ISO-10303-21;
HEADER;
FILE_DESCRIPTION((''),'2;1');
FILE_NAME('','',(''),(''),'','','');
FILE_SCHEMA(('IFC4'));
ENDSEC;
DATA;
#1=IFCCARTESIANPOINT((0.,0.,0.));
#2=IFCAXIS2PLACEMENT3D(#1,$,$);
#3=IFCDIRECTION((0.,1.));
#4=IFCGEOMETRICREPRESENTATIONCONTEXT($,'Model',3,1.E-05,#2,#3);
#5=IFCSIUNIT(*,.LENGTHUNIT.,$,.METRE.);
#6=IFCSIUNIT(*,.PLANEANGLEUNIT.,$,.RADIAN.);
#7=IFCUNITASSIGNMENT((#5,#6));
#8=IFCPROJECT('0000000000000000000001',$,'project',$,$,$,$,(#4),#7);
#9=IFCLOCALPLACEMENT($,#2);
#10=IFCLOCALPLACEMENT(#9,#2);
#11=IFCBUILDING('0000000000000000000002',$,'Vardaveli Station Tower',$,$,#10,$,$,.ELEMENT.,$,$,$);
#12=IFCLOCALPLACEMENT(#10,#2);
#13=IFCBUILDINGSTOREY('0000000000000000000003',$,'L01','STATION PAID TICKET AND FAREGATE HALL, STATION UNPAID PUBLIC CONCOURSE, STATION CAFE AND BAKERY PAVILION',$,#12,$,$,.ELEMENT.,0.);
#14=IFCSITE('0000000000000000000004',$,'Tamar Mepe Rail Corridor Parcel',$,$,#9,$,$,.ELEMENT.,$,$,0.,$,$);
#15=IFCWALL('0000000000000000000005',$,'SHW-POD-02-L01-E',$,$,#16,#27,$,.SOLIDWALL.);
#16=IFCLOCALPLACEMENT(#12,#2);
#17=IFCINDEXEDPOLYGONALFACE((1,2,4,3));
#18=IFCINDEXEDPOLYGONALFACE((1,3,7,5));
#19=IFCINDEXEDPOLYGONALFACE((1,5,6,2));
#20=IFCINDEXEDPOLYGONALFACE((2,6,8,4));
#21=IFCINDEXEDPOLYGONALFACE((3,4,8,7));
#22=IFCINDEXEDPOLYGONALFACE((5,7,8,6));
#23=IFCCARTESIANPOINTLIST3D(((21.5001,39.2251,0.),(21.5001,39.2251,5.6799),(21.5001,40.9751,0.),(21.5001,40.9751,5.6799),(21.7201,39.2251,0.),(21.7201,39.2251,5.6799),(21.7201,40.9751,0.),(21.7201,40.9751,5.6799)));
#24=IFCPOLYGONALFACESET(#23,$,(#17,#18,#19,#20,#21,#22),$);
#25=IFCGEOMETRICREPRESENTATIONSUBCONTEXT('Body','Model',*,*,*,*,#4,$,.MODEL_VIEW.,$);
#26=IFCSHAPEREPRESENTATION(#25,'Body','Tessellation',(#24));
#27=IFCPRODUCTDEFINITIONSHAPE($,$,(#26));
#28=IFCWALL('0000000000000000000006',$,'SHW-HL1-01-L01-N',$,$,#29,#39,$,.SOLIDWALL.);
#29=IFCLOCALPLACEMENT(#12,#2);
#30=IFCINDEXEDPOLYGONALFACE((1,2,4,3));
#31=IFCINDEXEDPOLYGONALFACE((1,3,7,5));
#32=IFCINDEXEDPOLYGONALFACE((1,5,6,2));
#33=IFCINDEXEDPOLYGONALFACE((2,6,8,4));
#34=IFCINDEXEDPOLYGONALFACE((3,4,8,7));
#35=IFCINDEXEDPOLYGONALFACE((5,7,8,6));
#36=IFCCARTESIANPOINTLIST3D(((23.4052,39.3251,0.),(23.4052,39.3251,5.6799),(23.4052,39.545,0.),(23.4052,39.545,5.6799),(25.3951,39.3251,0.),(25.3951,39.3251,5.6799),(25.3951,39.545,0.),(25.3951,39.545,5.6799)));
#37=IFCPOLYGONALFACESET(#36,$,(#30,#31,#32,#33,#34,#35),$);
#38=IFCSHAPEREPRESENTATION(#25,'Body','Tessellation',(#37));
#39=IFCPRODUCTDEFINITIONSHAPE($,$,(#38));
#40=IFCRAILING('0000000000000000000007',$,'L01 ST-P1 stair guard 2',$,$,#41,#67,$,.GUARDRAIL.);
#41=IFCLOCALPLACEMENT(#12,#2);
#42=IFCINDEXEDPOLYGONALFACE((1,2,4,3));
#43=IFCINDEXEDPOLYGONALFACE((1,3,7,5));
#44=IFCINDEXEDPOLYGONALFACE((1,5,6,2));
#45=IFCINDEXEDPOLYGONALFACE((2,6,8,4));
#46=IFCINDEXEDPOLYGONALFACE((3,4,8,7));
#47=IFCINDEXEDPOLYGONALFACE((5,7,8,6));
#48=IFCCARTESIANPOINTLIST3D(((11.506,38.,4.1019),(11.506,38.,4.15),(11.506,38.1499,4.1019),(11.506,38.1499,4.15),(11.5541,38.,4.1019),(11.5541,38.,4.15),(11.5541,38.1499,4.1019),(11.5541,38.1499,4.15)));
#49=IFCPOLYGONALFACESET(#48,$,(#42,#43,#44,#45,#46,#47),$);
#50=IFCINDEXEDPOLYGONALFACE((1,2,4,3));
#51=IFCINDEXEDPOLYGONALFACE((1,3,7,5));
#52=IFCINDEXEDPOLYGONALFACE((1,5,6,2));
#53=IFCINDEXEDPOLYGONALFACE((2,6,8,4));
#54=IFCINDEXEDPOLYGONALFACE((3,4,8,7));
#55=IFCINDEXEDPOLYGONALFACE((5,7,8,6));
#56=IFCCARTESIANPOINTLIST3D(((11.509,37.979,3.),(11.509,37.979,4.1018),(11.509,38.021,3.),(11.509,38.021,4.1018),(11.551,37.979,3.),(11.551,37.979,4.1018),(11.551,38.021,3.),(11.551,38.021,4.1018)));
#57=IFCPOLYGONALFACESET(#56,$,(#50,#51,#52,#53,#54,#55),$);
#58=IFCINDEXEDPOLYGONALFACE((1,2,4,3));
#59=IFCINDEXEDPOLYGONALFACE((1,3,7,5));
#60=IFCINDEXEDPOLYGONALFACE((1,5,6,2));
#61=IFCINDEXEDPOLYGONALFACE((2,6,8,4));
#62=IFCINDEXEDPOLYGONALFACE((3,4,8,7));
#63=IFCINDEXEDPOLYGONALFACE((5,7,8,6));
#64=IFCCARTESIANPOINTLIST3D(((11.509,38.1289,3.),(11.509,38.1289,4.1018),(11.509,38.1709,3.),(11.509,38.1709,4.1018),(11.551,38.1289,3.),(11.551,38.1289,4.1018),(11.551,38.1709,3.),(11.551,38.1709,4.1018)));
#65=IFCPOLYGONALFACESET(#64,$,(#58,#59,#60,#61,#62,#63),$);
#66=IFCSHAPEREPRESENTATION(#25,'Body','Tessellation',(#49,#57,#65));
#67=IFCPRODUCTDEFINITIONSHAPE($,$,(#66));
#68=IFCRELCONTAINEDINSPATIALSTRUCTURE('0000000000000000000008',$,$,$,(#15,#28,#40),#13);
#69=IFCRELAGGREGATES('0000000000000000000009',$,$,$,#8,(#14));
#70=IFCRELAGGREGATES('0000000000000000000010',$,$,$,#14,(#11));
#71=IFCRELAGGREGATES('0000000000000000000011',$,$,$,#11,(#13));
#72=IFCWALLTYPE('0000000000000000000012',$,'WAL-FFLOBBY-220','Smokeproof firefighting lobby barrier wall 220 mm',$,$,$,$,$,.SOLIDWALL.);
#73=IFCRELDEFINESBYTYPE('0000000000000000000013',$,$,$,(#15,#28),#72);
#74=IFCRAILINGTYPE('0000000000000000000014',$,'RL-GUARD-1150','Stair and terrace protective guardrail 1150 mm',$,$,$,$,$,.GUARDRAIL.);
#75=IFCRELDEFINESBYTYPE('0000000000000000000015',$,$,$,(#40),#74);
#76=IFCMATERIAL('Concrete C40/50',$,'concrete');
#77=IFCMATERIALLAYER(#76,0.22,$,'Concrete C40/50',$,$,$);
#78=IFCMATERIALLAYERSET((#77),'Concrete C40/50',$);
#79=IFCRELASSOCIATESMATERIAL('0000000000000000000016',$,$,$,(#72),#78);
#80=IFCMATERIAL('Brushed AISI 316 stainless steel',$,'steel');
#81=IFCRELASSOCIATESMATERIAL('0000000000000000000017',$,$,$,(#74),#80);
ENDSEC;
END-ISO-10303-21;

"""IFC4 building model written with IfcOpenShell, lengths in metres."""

from ifc_helpers import new_model, si_unit, direction, frame, frame_2d, origin, origin_2d, place, context, subcontext, project, spatial, rectangle, extrude, source, transform, mapped, material, layer, layer_set, type_object, element, save


model = new_model("IFC4")

# Units and contexts
model_context = context("Model", 3, precision=1e-05, world=origin(), true_north=direction((0.0, 1.0)))
body_context = subcontext(model_context, "Body", "Model", "MODEL_VIEW")
ifc_project = project(units=[si_unit("LENGTHUNIT", "METRE"), si_unit("PLANEANGLEUNIT", "RADIAN")], contexts=[model_context])

# Site, building, storey
site_placement = place(None, origin())
site = spatial("IfcSite", under=ifc_project, at=site_placement, Name="Tamar Mepe Rail Corridor Parcel", CompositionType="ELEMENT", RefElevation=0.0)
building_placement = place(site_placement, origin())
building = spatial("IfcBuilding", under=site, at=building_placement, Name="Vardaveli Station Tower", CompositionType="ELEMENT")
storey_placement = place(building_placement, origin())
storey = spatial("IfcBuildingStorey", under=building, at=storey_placement, Name="L01", Description="STATION PAID TICKET AND FAREGATE HALL, STATION UNPAID PUBLIC CONCOURSE, STATION CAFE AND BAKERY PAVILION", CompositionType="ELEMENT", Elevation=0.0)

# Shared definitions
ifc_material_1 = material(Name="Concrete C40/50", Category="concrete")
ifc_layer_1 = layer(ifc_material_1, 0.22, Name="Concrete C40/50")
ifc_layer_set_1 = layer_set([ifc_layer_1], Name="Concrete C40/50")
wall_type_1 = type_object("IfcWallType", Name="WAL-FFLOBBY-220", Description="Smokeproof firefighting lobby barrier wall 220 mm", PredefinedType="SOLIDWALL", material=ifc_layer_set_1)

# Walls
shared_shape_1 = source(origin(), body_context, "Body", "SweptSolid", [
    extrude(rectangle(XDim=1.75, YDim=0.22, at=frame_2d((0.875, 0.0))), origin(), (0.0, 0.0, 1.0), 5.6799),
])
for number, where, z_axis, x_axis, name in (
    (1, (21.6101, 39.2251, 0.0), (0.0, 0.0, 1.0), (0.0, 1.0, 0.0), "SHW-POD-02-L01-E"),
):
    element("IfcWall", number, at=place(storey_placement, frame(where, z_axis=z_axis, x_axis=x_axis)), inside=storey, type_object=wall_type_1, Name=name, PredefinedType="SOLIDWALL", context=body_context, shape_type="MappedRepresentation", body=[
        mapped(shared_shape_1, transform((0.0, 0.0, 0.0), scale=1.0)),
    ])
shared_shape_2 = source(origin(), body_context, "Body", "SweptSolid", [
    extrude(rectangle(XDim=1.99, YDim=0.22, at=frame_2d((0.9951, 0.0))), origin(), (0.0, 0.0, 1.0), 5.6799),
])
wall_1_placement = place(storey_placement, frame((23.405, 39.4351, 0.0), z_axis=(0.0, 0.0, 1.0), x_axis=(1.0, 0.0, 0.0)))
element("IfcWall", 2, at=wall_1_placement, inside=storey, type_object=wall_type_1, Name="SHW-HL1-01-L01-N", PredefinedType="SOLIDWALL", context=body_context, shape_type="MappedRepresentation", body=[
    mapped(shared_shape_2, transform((0.0, 0.0, 0.0), scale=1.0)),
])

# Railing
ifc_material_2 = material(Name="Brushed AISI 316 stainless steel", Category="steel")
railing_type = type_object("IfcRailingType", Name="RL-GUARD-1150", Description="Stair and terrace protective guardrail 1150 mm", PredefinedType="GUARDRAIL", material=ifc_material_2)
shared_shape_3 = source(origin(), body_context, "Body", "SweptSolid", [
    extrude(rectangle(XDim=0.0481, YDim=0.0481, at=origin_2d()), frame((0.0, 0.0, 1.126), z_axis=(0.0, 1.0, 0.0), x_axis=(-1.0, 0.0, 0.0)), (0.0, 0.0, 1.0), 0.1499),
    extrude(rectangle(XDim=0.042, YDim=0.042, at=origin_2d()), origin(), (0.0, 0.0, 1.0), 1.1018),
    extrude(rectangle(XDim=0.042, YDim=0.042, at=origin_2d()), frame((0.0, 0.1499, 0.0)), (0.0, 0.0, 1.0), 1.1018),
])
railing_placement = place(storey_placement, frame((11.53, 38.0, 3.0)))
element("IfcRailing", 3, at=railing_placement, inside=storey, type_object=railing_type, Name="L01 ST-P1 stair guard 2", PredefinedType="GUARDRAIL", context=body_context, shape_type="MappedRepresentation", body=[
    mapped(shared_shape_3, transform((0.0, 0.0, 0.0), scale=1.0)),
])

save(model, "model.ifc")
